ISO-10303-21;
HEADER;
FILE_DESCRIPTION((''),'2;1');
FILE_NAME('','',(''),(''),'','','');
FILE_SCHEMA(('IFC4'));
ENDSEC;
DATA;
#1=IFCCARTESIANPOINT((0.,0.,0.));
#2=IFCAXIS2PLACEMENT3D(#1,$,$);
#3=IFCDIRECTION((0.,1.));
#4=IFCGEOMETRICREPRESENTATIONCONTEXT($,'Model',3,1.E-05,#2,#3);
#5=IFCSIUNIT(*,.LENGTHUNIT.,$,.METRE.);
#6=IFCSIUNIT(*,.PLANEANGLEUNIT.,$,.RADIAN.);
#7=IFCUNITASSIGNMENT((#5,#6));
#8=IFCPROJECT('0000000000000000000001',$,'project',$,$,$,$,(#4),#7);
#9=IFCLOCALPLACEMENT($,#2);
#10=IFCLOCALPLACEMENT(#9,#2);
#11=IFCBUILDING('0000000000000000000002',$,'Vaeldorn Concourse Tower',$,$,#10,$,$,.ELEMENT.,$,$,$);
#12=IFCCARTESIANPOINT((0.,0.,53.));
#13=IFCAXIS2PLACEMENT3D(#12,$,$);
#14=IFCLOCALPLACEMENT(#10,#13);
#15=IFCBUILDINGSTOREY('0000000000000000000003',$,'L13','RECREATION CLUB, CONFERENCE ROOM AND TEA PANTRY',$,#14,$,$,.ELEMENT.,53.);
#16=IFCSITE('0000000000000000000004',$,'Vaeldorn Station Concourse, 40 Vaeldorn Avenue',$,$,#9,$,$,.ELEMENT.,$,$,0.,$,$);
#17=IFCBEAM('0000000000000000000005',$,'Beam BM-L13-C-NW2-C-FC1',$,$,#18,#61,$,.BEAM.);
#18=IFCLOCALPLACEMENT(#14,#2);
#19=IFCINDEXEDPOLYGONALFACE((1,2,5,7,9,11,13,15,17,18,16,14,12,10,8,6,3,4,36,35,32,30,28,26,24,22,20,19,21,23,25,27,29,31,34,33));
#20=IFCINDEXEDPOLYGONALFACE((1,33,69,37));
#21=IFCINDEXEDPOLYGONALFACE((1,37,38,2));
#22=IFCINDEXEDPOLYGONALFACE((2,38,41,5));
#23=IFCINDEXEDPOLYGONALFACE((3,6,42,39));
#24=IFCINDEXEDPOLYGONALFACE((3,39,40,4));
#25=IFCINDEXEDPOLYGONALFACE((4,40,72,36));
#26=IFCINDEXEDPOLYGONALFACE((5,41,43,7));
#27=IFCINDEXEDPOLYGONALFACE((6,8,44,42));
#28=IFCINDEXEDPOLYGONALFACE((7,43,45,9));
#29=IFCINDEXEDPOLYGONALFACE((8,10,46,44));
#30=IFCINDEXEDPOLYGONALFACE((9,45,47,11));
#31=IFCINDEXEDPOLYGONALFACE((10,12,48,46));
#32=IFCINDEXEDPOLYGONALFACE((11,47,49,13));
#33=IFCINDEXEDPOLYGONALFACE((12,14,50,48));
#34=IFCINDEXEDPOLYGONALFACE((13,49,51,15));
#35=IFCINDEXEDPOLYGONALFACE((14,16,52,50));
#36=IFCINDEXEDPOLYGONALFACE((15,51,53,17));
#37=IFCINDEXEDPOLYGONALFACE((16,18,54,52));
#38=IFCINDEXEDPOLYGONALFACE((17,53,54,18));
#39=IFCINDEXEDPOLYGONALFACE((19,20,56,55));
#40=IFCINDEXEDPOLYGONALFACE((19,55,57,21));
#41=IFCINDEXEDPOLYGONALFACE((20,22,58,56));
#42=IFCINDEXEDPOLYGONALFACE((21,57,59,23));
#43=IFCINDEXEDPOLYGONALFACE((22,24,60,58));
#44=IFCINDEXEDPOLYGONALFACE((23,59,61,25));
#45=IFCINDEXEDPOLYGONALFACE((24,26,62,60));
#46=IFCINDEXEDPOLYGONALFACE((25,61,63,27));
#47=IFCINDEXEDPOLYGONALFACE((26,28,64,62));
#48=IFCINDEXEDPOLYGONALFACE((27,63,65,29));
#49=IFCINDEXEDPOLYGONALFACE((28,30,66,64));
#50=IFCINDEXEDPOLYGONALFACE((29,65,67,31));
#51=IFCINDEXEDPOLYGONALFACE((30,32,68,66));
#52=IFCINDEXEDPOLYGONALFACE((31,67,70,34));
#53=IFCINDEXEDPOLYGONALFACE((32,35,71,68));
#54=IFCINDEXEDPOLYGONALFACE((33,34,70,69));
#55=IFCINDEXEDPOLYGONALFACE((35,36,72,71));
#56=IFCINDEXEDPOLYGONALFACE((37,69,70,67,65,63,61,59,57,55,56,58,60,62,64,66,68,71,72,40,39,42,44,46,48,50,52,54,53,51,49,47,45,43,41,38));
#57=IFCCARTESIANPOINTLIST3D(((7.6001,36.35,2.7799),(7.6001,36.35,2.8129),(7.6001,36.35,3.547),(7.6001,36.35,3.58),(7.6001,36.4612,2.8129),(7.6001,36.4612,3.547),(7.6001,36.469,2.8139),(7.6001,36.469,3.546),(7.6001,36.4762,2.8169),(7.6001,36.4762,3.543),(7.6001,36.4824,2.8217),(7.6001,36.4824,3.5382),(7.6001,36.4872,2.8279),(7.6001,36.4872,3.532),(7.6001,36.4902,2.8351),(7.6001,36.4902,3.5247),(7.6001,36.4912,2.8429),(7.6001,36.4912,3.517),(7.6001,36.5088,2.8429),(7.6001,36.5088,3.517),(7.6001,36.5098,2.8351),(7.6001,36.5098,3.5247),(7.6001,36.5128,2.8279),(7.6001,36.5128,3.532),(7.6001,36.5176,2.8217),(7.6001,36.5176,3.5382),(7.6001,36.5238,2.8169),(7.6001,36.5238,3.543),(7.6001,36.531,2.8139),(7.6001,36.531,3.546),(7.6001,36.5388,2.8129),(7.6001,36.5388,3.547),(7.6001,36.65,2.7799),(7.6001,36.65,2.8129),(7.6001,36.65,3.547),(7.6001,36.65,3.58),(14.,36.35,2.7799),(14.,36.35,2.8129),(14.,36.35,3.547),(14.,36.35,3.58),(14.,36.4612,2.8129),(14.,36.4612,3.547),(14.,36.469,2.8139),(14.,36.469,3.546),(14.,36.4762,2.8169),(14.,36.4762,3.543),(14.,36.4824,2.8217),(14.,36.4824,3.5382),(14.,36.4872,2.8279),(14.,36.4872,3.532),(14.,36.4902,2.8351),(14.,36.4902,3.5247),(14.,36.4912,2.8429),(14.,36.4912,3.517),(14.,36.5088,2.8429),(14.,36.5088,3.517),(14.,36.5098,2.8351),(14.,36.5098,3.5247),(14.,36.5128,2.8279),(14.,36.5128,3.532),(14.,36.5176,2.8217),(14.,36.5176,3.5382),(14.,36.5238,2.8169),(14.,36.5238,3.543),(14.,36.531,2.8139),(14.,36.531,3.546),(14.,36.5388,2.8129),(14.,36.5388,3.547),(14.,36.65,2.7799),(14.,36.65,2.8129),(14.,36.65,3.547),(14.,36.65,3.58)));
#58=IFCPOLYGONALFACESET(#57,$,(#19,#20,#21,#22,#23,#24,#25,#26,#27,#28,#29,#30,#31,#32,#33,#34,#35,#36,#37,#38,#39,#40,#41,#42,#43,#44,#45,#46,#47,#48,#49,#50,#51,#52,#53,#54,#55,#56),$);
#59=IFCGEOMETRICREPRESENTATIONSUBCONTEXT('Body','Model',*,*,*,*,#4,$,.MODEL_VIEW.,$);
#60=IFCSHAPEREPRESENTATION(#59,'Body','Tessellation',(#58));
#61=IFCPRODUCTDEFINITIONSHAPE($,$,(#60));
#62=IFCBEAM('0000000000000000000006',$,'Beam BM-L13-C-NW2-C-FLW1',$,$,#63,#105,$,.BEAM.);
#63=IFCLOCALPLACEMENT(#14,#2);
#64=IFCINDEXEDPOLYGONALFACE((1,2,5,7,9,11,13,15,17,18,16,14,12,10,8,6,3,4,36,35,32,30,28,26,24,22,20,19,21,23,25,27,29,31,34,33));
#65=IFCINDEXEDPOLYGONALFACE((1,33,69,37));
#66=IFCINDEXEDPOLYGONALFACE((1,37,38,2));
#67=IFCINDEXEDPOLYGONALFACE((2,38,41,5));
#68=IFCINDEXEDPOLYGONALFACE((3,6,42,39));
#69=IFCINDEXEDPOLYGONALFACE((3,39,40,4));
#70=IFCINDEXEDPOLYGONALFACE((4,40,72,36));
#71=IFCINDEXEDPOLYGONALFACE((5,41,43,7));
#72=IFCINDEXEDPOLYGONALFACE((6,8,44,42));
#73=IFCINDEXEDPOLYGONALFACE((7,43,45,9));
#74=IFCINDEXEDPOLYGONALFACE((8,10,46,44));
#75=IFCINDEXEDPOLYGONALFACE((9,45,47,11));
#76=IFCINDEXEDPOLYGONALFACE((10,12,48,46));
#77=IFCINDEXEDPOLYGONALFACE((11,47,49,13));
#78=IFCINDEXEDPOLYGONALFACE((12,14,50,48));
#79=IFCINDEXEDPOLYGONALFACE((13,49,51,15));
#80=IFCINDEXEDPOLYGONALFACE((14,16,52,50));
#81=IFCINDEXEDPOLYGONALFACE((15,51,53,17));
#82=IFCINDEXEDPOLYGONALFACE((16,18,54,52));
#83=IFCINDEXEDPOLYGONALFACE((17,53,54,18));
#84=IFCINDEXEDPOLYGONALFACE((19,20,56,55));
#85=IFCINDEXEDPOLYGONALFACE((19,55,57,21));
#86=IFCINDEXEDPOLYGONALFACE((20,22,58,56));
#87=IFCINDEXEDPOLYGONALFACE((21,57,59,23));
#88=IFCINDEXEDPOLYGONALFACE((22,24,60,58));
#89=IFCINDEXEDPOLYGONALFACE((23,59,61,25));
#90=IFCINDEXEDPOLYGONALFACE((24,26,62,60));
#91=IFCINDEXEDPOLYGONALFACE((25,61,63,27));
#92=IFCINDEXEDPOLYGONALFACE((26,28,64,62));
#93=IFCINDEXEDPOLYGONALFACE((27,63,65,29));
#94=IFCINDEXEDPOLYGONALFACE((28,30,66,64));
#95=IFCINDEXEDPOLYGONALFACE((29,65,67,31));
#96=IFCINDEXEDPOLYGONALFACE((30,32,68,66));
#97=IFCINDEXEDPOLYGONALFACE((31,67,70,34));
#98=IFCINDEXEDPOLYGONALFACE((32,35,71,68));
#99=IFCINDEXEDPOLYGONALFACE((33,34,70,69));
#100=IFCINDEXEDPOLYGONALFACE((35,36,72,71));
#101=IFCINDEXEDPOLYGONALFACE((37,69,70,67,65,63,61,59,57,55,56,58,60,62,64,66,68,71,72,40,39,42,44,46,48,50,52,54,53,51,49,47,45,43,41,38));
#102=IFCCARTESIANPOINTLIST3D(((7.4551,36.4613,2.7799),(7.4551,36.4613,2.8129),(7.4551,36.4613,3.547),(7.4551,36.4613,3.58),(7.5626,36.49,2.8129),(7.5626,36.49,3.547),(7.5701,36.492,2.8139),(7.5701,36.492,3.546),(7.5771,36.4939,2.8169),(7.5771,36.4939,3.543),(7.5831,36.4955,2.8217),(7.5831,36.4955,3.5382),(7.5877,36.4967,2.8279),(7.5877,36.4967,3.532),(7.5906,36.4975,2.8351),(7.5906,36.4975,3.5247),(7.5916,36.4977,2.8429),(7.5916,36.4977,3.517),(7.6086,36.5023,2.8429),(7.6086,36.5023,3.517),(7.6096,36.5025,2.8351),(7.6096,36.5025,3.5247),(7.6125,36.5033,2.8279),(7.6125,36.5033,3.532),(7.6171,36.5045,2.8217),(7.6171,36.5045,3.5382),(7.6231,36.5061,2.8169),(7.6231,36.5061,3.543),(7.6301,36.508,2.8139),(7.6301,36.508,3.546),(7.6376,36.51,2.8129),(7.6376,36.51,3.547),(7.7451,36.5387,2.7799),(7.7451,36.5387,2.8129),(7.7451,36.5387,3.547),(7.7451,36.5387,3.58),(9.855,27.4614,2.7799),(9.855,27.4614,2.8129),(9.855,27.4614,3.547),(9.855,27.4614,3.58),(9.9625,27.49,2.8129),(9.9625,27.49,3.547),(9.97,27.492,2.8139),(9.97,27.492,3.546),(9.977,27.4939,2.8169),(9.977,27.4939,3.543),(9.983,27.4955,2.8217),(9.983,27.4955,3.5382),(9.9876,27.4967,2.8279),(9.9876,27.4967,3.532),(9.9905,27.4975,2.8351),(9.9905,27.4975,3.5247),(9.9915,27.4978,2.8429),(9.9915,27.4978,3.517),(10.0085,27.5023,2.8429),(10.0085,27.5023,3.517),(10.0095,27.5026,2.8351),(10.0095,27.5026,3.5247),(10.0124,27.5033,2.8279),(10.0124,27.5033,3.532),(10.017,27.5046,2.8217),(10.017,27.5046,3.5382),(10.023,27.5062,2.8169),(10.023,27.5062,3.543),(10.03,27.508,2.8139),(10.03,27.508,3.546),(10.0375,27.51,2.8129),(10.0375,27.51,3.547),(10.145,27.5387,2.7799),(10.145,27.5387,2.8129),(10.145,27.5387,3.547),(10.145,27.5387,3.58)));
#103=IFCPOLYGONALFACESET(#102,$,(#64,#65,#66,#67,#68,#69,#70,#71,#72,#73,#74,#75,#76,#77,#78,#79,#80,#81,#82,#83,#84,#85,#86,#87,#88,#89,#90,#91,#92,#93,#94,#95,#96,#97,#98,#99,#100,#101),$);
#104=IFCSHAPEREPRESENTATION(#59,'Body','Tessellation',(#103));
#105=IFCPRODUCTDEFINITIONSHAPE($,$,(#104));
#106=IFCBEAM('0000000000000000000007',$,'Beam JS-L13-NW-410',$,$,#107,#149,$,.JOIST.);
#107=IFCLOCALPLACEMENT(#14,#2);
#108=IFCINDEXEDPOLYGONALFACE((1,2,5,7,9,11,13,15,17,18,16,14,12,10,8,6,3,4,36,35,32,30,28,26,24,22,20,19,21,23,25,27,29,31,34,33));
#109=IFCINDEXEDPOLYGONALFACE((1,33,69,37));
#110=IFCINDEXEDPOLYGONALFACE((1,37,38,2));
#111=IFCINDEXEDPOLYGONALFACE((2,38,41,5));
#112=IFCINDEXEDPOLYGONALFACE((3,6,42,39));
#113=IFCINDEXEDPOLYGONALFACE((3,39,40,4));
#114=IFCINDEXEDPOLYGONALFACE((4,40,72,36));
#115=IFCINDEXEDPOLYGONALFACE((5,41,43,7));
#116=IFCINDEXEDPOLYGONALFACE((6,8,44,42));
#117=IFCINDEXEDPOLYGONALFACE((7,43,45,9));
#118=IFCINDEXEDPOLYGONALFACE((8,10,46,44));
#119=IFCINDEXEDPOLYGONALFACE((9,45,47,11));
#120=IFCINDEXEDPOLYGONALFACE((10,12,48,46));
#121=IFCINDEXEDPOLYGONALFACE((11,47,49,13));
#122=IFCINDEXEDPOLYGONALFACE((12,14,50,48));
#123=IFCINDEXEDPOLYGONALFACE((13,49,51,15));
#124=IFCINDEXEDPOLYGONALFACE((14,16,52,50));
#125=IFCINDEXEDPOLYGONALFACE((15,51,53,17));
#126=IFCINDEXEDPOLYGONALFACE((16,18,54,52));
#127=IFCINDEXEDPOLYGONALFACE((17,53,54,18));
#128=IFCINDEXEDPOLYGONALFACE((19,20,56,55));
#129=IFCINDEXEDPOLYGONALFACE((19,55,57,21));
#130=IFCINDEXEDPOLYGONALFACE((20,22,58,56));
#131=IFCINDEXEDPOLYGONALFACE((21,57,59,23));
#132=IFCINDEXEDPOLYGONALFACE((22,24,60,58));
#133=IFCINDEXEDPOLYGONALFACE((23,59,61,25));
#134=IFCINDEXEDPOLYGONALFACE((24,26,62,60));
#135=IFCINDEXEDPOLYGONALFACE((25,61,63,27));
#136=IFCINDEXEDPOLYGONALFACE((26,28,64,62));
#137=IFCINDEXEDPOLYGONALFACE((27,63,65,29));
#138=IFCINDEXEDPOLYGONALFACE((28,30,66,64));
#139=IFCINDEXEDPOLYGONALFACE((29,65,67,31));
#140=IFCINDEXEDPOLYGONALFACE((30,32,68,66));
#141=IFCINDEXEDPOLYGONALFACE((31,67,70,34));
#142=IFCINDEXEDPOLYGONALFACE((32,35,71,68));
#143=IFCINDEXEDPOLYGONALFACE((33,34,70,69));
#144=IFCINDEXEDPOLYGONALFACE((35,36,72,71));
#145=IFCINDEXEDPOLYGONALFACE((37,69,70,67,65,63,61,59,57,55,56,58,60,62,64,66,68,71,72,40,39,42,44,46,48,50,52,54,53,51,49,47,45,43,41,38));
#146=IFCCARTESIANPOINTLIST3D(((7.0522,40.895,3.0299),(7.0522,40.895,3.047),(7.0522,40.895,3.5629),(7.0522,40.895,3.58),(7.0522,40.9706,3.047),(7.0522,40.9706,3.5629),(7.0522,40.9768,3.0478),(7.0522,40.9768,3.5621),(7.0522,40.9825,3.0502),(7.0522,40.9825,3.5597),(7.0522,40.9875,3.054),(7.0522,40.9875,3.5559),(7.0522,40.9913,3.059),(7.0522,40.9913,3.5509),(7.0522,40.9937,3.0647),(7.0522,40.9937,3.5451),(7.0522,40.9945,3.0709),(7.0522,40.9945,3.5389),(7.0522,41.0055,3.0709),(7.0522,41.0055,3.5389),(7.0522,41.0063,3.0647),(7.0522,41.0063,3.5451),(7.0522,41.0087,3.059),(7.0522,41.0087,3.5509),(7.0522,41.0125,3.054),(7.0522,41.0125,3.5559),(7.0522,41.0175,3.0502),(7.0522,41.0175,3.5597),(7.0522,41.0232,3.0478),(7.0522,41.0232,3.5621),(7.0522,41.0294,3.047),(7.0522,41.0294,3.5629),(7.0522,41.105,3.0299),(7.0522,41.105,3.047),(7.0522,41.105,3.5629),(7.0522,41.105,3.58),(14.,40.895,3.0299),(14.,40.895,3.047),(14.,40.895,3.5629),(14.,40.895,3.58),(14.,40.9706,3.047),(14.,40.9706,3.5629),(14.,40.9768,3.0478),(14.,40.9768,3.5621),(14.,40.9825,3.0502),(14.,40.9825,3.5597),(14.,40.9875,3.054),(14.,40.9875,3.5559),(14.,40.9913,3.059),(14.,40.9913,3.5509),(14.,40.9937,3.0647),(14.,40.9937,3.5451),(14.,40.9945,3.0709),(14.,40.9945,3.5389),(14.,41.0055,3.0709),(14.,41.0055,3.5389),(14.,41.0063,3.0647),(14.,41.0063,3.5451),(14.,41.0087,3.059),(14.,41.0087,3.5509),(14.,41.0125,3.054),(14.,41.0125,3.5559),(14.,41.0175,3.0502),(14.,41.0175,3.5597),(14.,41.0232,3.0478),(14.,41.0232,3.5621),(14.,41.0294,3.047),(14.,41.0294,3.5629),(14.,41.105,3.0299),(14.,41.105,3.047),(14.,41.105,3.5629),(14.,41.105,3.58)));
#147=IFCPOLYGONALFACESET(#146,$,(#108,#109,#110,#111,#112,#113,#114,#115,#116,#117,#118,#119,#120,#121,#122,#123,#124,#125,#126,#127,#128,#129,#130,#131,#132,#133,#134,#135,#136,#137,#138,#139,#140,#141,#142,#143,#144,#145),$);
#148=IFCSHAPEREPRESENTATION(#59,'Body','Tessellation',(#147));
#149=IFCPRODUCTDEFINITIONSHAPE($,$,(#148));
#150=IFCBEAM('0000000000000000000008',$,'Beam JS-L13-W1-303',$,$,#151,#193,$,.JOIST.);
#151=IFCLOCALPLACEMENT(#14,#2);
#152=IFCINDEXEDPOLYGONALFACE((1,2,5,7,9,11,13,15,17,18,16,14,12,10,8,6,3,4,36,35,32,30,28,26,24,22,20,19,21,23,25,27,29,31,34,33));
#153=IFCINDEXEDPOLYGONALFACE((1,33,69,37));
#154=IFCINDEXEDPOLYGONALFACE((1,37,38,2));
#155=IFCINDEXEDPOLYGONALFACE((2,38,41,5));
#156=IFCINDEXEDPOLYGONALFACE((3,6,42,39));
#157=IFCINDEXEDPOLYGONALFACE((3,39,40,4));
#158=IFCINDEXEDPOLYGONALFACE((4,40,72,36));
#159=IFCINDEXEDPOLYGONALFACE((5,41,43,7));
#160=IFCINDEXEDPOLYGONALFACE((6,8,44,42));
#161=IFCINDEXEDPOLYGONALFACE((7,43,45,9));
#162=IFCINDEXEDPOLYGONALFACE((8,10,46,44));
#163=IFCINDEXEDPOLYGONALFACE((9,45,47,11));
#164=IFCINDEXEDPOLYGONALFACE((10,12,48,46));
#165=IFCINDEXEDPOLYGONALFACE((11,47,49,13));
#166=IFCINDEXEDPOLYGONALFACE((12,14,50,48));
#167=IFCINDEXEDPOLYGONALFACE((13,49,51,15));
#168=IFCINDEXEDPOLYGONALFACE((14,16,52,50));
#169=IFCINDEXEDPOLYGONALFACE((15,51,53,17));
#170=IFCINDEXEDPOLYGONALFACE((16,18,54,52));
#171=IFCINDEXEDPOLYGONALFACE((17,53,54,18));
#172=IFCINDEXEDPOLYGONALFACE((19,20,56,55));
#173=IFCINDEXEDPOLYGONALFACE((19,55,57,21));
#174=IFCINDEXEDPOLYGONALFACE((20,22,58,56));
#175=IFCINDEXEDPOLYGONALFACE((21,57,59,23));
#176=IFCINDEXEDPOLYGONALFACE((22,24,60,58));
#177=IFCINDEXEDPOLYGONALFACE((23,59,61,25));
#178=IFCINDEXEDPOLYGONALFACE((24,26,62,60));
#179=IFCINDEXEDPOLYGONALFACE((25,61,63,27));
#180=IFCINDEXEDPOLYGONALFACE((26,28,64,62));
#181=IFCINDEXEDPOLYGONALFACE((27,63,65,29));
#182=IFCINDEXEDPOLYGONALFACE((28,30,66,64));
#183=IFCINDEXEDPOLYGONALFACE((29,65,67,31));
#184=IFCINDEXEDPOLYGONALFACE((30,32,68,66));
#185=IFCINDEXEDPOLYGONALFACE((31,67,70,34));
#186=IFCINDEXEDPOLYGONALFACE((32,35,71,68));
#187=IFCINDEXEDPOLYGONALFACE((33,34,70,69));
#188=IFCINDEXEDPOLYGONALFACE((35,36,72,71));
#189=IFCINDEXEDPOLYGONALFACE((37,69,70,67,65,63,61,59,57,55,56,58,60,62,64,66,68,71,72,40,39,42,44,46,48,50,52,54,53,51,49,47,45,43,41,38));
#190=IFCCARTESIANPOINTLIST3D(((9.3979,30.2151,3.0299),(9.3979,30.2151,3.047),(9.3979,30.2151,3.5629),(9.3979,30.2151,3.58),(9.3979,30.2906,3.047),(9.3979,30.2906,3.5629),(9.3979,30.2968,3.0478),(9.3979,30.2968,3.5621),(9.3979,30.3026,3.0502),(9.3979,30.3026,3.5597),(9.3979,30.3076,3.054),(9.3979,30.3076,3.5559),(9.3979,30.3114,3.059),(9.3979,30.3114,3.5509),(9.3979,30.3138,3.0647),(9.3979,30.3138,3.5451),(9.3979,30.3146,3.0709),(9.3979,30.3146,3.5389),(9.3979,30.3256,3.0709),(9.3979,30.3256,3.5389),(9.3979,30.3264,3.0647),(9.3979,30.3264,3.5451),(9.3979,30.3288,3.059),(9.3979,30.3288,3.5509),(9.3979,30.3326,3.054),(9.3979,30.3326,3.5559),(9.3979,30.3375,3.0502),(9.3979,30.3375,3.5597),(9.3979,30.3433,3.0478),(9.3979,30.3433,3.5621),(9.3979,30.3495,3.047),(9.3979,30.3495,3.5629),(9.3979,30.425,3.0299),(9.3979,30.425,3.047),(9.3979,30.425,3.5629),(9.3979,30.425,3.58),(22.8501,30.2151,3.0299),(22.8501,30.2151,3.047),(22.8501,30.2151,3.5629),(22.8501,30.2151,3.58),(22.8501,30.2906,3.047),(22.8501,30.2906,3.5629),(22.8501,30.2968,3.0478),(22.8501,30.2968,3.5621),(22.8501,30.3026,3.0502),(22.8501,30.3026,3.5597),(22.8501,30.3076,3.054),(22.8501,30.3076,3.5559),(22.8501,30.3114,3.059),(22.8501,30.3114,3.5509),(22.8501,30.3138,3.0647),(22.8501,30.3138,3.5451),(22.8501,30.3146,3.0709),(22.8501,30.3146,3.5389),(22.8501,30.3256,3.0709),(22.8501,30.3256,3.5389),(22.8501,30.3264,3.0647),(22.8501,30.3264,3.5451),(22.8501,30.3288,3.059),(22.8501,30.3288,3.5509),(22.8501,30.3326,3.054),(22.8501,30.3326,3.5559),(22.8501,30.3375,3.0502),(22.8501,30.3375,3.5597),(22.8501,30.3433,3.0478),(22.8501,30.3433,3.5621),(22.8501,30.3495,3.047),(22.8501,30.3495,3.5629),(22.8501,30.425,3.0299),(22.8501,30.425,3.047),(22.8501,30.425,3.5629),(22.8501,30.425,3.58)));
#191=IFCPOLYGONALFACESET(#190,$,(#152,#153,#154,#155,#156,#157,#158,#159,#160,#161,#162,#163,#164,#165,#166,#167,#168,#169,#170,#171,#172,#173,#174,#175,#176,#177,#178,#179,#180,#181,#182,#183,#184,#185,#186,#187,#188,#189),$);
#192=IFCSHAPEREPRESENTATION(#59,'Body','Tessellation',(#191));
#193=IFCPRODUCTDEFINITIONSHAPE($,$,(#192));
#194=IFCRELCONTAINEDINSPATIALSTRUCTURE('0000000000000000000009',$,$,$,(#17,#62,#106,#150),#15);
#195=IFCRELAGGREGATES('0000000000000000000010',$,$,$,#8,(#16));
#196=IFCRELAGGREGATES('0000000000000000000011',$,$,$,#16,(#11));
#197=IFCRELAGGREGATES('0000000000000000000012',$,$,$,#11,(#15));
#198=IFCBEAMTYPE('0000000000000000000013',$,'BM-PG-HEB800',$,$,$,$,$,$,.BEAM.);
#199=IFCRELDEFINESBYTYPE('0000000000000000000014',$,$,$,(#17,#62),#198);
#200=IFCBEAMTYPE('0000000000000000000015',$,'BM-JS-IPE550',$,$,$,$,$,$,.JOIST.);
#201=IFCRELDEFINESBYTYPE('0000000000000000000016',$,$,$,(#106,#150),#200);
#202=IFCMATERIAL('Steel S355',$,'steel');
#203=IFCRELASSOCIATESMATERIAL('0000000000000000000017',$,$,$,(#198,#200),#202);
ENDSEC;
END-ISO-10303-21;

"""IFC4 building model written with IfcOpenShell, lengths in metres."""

from ifc_helpers import new_model, si_unit, direction, frame, origin, origin_2d, place, context, subcontext, project, spatial, i_section, extrude, source, transform, mapped, material, material_profile, profile_set, type_object, element, save


model = new_model("IFC4")

# Units and contexts
model_context = context("Model", 3, precision=1e-05, world=origin(), true_north=direction((0.0, 1.0)))
body_context = subcontext(model_context, "Body", "Model", "MODEL_VIEW")
ifc_project = project(units=[si_unit("LENGTHUNIT", "METRE"), si_unit("PLANEANGLEUNIT", "RADIAN")], contexts=[model_context])

# Site, building, storey
site_placement = place(None, origin())
site = spatial("IfcSite", under=ifc_project, at=site_placement, Name="Vaeldorn Station Concourse, 40 Vaeldorn Avenue", CompositionType="ELEMENT", RefElevation=0.0)
building_placement = place(site_placement, origin())
building = spatial("IfcBuilding", under=site, at=building_placement, Name="Vaeldorn Concourse Tower", CompositionType="ELEMENT")
storey_placement = place(building_placement, frame((0.0, 0.0, 53.0)))
storey = spatial("IfcBuildingStorey", under=building, at=storey_placement, Name="L13", Description="RECREATION CLUB, CONFERENCE ROOM AND TEA PANTRY", CompositionType="ELEMENT", Elevation=53.0)

# Beams
ifc_material_1 = material(Name="Steel S355", Category="steel")
ifc_material_profile_1 = material_profile(ifc_material_1, i_section(OverallWidth=0.3, OverallDepth=0.8, WebThickness=0.0176, FlangeThickness=0.033, FilletRadius=0.03, at=origin_2d()), Name="HEB 800")
ifc_profile_set_1 = profile_set([ifc_material_profile_1], Name="Steel S355")
beam_type_1 = type_object("IfcBeamType", Name="BM-PG-HEB800", PredefinedType="BEAM", material=ifc_profile_set_1)
shared_shape_1 = source(origin(), body_context, "Body", "SweptSolid", [
    extrude(i_section(OverallWidth=0.3, OverallDepth=0.8, WebThickness=0.0176, FlangeThickness=0.033, FilletRadius=0.03, at=origin_2d()), origin(), (0.0, 0.0, 1.0), 6.3999),
])
beam_1_placement = place(storey_placement, frame((7.6001, 36.5, 3.1799), z_axis=(1.0, 0.0, 0.0), x_axis=(0.0, 1.0, 0.0)))
element("IfcBeam", 1, at=beam_1_placement, inside=storey, type_object=beam_type_1, Name="Beam BM-L13-C-NW2-C-FC1", PredefinedType="BEAM", context=body_context, shape_type="MappedRepresentation", body=[
    mapped(shared_shape_1, transform((0.0, 0.0, 0.0), scale=1.0)),
])
shared_shape_2 = source(origin(), body_context, "Body", "SweptSolid", [
    extrude(i_section(OverallWidth=0.3, OverallDepth=0.8, WebThickness=0.0176, FlangeThickness=0.033, FilletRadius=0.03, at=origin_2d()), origin(), (0.0, 0.0, 1.0), 9.3145),
])
beam_2_placement = place(storey_placement, frame((7.6001, 36.5, 3.1799), z_axis=(0.257653, -0.966238, 0.0), x_axis=(0.966238, 0.257653, 0.0)))
element("IfcBeam", 2, at=beam_2_placement, inside=storey, type_object=beam_type_1, Name="Beam BM-L13-C-NW2-C-FLW1", PredefinedType="BEAM", context=body_context, shape_type="MappedRepresentation", body=[
    mapped(shared_shape_2, transform((0.0, 0.0, 0.0), scale=1.0)),
])
ifc_material_profile_2 = material_profile(ifc_material_1, i_section(OverallWidth=0.21, OverallDepth=0.55, WebThickness=0.011, FlangeThickness=0.0171, FilletRadius=0.0239, at=origin_2d()), Name="IPE 550")
ifc_profile_set_2 = profile_set([ifc_material_profile_2], Name="Steel S355")
beam_type_2 = type_object("IfcBeamType", Name="BM-JS-IPE550", PredefinedType="JOIST", material=ifc_profile_set_2)
shared_shape_3 = source(origin(), body_context, "Body", "SweptSolid", [
    extrude(i_section(OverallWidth=0.21, OverallDepth=0.55, WebThickness=0.011, FlangeThickness=0.0171, FilletRadius=0.0239, at=origin_2d()), origin(), (0.0, 0.0, 1.0), 6.9478),
])
beam_3_placement = place(storey_placement, frame((7.0522, 41.0, 3.3049), z_axis=(1.0, 0.0, 0.0), x_axis=(0.0, 1.0, 0.0)))
element("IfcBeam", 3, at=beam_3_placement, inside=storey, type_object=beam_type_2, Name="Beam JS-L13-NW-410", PredefinedType="JOIST", context=body_context, shape_type="MappedRepresentation", body=[
    mapped(shared_shape_3, transform((0.0, 0.0, 0.0), scale=1.0)),
])
shared_shape_4 = source(origin(), body_context, "Body", "SweptSolid", [
    extrude(i_section(OverallWidth=0.21, OverallDepth=0.55, WebThickness=0.011, FlangeThickness=0.0171, FilletRadius=0.0239, at=origin_2d()), origin(), (0.0, 0.0, 1.0), 13.4521),
])
beam_4_placement = place(storey_placement, frame((9.3979, 30.3201, 3.3049), z_axis=(1.0, 0.0, 0.0), x_axis=(0.0, 1.0, 0.0)))
element("IfcBeam", 4, at=beam_4_placement, inside=storey, type_object=beam_type_2, Name="Beam JS-L13-W1-303", PredefinedType="JOIST", context=body_context, shape_type="MappedRepresentation", body=[
    mapped(shared_shape_4, transform((0.0, 0.0, 0.0), scale=1.0)),
])

save(model, "model.ifc")
